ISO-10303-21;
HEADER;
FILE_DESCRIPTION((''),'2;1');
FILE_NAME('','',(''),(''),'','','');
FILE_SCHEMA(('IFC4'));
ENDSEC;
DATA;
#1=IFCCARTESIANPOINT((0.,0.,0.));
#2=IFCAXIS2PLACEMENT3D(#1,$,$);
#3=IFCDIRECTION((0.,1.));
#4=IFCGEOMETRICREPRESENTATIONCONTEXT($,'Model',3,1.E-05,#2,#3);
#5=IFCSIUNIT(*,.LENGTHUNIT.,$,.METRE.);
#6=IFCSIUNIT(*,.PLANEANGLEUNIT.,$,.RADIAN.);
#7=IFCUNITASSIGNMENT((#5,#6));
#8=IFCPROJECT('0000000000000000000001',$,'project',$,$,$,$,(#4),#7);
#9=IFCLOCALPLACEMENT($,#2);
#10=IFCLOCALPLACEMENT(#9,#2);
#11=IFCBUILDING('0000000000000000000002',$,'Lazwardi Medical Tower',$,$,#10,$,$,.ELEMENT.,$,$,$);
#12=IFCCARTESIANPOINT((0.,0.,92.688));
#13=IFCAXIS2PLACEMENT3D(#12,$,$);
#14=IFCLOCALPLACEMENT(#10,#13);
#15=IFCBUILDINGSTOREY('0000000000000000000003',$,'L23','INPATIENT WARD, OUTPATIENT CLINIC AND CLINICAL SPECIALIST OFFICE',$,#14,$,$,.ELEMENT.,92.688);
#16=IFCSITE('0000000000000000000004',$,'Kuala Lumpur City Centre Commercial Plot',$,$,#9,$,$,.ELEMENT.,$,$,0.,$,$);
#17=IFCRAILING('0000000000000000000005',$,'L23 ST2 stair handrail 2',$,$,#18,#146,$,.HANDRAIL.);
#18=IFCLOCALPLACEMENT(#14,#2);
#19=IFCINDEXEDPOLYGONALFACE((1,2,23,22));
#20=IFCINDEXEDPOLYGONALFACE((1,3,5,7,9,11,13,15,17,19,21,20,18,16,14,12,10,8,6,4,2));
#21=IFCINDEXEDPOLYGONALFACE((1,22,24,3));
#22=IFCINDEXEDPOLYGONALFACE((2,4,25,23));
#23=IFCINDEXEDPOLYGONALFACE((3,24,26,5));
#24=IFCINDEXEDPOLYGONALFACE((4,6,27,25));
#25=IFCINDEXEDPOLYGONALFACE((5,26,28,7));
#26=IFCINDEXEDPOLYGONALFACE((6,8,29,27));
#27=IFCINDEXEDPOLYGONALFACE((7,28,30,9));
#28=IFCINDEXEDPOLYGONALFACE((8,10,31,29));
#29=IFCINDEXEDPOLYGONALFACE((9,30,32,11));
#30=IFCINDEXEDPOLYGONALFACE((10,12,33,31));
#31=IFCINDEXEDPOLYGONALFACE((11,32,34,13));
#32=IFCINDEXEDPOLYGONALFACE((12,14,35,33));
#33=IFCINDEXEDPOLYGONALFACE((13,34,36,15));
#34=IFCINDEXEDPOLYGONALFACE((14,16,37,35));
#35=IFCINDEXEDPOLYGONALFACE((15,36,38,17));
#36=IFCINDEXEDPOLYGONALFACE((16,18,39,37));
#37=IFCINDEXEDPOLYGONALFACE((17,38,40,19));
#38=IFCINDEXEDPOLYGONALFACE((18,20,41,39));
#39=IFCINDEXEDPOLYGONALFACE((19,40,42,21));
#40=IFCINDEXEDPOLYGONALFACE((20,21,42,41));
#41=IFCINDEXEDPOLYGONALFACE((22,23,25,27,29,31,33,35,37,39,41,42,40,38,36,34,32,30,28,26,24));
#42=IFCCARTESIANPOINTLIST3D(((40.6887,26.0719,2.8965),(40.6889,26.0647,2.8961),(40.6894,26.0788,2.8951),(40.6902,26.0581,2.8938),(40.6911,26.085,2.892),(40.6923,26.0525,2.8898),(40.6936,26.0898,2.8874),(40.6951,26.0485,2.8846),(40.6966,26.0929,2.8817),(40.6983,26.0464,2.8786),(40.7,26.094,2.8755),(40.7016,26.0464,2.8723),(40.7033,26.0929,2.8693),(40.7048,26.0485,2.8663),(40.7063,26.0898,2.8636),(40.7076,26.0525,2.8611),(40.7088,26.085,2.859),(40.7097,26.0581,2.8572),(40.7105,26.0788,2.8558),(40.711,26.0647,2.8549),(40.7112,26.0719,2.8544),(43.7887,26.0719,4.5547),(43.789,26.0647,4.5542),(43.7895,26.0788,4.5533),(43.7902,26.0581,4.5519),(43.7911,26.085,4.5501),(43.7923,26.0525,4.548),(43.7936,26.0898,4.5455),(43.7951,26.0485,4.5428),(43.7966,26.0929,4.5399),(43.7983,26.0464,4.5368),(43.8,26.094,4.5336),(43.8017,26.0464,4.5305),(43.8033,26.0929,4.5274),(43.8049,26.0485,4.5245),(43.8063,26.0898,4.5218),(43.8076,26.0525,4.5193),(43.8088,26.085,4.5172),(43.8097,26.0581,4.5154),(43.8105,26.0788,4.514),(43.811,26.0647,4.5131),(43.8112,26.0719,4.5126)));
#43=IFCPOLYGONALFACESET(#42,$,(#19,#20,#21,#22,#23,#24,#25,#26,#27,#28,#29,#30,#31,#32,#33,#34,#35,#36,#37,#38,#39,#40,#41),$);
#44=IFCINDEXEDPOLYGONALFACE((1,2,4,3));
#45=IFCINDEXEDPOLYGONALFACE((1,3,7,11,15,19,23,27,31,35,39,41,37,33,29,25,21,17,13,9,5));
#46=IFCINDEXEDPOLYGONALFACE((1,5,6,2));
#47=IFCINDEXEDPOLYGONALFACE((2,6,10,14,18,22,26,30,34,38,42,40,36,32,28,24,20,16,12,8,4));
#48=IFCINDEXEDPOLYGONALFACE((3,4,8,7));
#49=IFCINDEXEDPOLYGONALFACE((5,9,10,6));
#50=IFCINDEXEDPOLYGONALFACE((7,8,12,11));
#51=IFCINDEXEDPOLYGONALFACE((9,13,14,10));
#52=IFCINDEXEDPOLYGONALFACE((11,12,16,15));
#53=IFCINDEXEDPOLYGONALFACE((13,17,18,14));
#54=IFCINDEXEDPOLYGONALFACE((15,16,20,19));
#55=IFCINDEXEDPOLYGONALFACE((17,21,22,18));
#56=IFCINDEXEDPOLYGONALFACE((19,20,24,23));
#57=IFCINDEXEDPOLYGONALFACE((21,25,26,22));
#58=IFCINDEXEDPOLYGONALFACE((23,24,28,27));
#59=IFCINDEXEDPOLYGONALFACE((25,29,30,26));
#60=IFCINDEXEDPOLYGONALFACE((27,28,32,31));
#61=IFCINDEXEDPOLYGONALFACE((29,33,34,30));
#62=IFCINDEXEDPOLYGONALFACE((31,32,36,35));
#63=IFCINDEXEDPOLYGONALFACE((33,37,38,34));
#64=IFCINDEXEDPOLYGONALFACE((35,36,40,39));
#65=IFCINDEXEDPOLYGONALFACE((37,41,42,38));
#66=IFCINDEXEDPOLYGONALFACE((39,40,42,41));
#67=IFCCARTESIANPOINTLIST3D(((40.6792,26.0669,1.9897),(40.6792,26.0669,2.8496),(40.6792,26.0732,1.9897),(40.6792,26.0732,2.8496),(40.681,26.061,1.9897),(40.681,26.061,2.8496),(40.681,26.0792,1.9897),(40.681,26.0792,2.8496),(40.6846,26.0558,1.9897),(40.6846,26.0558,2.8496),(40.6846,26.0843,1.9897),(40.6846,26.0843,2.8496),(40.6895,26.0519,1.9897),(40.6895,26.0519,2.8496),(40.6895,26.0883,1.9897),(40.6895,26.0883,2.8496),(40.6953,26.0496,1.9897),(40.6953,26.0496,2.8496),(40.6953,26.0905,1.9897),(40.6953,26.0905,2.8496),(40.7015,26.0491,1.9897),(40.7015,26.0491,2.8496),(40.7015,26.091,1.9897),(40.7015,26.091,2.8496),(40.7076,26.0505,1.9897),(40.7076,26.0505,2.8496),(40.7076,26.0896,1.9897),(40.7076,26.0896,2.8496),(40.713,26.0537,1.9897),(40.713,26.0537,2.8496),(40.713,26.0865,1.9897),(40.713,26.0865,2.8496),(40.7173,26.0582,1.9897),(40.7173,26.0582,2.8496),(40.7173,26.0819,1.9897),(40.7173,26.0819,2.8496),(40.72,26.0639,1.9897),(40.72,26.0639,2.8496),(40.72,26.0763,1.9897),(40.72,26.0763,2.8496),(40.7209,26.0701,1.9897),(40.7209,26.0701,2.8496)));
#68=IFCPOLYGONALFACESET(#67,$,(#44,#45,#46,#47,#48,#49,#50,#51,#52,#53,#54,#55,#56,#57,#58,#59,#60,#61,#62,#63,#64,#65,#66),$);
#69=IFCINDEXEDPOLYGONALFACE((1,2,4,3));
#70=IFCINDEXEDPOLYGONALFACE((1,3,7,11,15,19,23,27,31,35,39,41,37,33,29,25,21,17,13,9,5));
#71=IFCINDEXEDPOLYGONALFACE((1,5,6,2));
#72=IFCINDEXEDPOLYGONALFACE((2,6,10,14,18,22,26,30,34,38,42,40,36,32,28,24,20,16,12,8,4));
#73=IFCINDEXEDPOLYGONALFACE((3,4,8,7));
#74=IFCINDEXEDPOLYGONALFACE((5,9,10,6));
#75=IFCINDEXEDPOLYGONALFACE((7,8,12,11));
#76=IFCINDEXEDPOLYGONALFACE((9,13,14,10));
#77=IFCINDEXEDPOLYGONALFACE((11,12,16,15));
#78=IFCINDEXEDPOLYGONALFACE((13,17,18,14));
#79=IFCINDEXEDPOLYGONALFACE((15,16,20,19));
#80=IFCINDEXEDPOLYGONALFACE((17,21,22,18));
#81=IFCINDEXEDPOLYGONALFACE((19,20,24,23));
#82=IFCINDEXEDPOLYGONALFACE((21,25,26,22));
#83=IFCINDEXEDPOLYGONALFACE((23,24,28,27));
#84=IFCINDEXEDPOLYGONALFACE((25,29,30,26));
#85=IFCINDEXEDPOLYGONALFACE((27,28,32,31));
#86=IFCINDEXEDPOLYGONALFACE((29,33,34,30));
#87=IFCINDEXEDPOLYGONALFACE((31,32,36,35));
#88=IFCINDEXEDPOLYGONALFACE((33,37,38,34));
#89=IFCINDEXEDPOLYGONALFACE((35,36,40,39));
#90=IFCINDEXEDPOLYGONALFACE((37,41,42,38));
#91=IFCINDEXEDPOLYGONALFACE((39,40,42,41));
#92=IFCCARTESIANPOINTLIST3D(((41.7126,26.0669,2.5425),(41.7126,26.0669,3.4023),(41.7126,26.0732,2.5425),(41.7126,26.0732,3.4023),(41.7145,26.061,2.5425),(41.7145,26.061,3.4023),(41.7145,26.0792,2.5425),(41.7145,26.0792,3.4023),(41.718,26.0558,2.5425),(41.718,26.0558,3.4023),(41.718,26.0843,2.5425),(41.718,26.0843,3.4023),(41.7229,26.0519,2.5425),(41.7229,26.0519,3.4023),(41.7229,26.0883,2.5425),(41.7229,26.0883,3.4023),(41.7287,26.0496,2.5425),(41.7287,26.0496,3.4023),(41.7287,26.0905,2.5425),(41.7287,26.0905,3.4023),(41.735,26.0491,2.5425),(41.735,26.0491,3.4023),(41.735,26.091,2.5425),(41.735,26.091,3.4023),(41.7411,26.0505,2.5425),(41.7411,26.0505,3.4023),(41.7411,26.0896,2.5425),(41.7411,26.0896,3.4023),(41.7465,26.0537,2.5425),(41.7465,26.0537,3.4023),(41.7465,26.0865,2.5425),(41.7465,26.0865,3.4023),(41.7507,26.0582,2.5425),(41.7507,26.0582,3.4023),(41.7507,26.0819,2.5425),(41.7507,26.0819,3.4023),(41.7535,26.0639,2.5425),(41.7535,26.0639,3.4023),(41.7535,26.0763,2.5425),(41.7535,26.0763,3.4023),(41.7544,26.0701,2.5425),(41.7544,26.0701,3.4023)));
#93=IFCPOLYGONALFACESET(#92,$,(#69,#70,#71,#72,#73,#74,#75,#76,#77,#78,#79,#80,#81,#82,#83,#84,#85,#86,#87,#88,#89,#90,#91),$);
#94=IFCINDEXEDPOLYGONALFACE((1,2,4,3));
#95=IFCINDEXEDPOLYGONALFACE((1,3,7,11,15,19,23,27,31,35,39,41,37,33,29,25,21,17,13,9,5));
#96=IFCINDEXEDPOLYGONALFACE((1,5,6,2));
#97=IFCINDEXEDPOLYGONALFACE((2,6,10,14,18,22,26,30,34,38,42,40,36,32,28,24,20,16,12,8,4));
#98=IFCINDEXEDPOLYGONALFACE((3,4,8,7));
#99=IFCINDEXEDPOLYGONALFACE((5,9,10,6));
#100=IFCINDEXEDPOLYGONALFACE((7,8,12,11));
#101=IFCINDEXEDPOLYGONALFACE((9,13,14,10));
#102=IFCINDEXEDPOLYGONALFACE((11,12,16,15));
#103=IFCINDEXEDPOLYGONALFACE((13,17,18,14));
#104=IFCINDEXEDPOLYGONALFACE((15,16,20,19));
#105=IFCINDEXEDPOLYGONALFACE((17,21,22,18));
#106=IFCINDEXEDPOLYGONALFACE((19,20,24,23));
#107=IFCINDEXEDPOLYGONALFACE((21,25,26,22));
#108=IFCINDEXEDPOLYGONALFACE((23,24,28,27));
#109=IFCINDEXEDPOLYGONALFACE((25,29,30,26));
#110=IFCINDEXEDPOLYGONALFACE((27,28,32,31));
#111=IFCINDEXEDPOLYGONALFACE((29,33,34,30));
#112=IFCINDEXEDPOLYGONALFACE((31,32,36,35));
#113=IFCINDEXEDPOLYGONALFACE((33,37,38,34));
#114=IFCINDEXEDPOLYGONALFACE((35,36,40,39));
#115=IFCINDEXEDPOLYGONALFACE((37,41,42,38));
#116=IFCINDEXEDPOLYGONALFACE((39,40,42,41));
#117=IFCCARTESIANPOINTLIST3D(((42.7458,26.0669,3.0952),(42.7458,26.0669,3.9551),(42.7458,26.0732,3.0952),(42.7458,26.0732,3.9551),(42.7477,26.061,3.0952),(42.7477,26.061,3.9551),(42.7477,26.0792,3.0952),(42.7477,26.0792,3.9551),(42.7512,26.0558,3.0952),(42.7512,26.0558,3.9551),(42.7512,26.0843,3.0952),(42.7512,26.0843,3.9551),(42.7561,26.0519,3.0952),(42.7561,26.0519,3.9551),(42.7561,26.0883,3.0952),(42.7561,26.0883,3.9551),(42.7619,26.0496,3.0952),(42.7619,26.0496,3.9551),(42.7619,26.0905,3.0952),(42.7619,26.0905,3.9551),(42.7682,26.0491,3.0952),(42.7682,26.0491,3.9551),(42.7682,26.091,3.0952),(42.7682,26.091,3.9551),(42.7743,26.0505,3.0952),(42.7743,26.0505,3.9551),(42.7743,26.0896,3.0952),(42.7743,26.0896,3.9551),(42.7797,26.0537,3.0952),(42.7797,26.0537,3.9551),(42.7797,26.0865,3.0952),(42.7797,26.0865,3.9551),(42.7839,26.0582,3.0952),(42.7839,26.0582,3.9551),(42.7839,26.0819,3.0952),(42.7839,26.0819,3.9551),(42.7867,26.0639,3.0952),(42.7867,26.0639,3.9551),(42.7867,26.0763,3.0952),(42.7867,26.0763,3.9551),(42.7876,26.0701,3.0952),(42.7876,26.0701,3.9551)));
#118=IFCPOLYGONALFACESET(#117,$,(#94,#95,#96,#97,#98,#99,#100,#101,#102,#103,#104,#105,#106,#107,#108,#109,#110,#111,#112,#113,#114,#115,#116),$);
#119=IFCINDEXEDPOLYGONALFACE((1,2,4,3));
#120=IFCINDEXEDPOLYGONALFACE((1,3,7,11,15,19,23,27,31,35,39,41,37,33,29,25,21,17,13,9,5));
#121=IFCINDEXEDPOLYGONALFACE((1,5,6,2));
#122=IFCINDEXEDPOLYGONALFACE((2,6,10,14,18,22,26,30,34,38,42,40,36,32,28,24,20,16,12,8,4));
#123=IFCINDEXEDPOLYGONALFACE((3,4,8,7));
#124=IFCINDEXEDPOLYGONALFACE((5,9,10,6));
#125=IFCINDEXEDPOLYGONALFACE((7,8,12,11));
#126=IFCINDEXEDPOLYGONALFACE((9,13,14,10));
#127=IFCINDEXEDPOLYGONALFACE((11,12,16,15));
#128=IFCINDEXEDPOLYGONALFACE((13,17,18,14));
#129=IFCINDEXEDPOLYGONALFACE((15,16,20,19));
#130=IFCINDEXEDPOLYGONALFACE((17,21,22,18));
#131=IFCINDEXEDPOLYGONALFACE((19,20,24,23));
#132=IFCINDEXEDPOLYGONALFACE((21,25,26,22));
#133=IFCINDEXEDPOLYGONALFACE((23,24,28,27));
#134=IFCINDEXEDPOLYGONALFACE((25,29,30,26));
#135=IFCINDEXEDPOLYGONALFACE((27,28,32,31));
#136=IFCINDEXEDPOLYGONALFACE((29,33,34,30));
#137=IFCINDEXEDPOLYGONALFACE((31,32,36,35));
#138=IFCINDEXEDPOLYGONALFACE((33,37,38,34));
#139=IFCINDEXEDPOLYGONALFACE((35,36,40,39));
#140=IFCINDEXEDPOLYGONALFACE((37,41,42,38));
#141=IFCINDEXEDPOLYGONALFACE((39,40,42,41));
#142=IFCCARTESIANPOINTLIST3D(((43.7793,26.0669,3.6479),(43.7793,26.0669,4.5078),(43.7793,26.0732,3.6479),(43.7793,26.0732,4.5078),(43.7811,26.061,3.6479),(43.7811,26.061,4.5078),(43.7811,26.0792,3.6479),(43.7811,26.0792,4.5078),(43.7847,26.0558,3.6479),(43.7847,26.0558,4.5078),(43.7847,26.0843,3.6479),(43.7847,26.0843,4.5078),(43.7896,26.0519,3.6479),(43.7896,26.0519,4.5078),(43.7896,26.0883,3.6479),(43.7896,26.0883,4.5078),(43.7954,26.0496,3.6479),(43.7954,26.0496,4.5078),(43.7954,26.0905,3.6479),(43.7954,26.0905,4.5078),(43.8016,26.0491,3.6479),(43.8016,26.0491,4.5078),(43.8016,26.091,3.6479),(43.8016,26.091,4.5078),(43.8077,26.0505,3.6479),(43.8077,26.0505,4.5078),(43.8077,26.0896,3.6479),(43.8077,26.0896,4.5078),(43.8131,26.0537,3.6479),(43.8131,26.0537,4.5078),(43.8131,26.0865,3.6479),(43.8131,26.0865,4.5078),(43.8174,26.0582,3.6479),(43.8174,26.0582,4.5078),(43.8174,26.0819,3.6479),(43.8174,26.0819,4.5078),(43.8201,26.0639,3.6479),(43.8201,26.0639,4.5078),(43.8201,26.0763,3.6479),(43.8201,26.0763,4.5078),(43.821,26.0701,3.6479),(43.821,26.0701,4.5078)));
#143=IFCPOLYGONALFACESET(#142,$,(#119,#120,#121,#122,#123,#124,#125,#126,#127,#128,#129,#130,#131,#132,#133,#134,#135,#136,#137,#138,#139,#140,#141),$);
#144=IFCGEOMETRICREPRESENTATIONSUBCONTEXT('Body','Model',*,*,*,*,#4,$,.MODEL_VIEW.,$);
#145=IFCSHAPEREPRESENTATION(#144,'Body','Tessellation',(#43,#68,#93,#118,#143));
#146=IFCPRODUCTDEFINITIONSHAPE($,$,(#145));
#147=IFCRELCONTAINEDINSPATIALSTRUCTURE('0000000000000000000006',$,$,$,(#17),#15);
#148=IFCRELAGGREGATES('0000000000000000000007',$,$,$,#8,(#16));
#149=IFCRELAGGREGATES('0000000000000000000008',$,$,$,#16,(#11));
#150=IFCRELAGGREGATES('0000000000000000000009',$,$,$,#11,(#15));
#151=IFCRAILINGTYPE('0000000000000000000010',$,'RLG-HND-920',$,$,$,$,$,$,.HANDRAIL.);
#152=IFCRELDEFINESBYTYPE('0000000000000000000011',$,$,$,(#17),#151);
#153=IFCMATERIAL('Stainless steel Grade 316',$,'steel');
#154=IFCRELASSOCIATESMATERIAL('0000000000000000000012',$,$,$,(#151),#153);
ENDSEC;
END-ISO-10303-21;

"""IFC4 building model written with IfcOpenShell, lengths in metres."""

from ifc_helpers import new_model, si_unit, direction, frame, origin, origin_2d, place, context, subcontext, project, spatial, circle, extrude, material, type_object, element, save


model = new_model("IFC4")

# Units and contexts
model_context = context("Model", 3, precision=1e-05, world=origin(), true_north=direction((0.0, 1.0)))
body_context = subcontext(model_context, "Body", "Model", "MODEL_VIEW")
ifc_project = project(units=[si_unit("LENGTHUNIT", "METRE"), si_unit("PLANEANGLEUNIT", "RADIAN")], contexts=[model_context])

# Site, building, storey
site_placement = place(None, origin())
site = spatial("IfcSite", under=ifc_project, at=site_placement, Name="Kuala Lumpur City Centre Commercial Plot", CompositionType="ELEMENT", RefElevation=0.0)
building_placement = place(site_placement, origin())
building = spatial("IfcBuilding", under=site, at=building_placement, Name="Lazwardi Medical Tower", CompositionType="ELEMENT")
storey_placement = place(building_placement, frame((0.0, 0.0, 92.688)))
storey = spatial("IfcBuildingStorey", under=building, at=storey_placement, Name="L23", Description="INPATIENT WARD, OUTPATIENT CLINIC AND CLINICAL SPECIALIST OFFICE", CompositionType="ELEMENT", Elevation=92.688)

# Railing
ifc_material_1 = material(Name="Stainless steel Grade 316", Category="steel")
railing_type_1 = type_object("IfcRailingType", Name="RLG-HND-920", PredefinedType="HANDRAIL", material=ifc_material_1)
railing_1_placement = place(storey_placement, frame((40.7, 26.0701, 1.9897)))
element("IfcRailing", 1, at=railing_1_placement, inside=storey, type_object=railing_type_1, Name="L23 ST2 stair handrail 2", PredefinedType="HANDRAIL", context=body_context, shape_type="SweptSolid", body=[
    extrude(circle(Radius=0.0239, at=origin_2d()), frame((0.0, 0.0, 0.8857), z_axis=(0.881783, 0.0, 0.471655), x_axis=(0.0, 1.0, 0.0)), (0.0, 0.0, 1.0), 3.5156),
    extrude(circle(Radius=0.021, at=origin_2d()), origin(), (0.0, 0.0, 1.0), 0.8599),
    extrude(circle(Radius=0.021, at=origin_2d()), frame((1.0334, 0.0, 0.5527)), (0.0, 0.0, 1.0), 0.8599),
    extrude(circle(Radius=0.021, at=origin_2d()), frame((2.0667, 0.0, 1.1055)), (0.0, 0.0, 1.0), 0.8599),
    extrude(circle(Radius=0.021, at=origin_2d()), frame((3.1001, 0.0, 1.6582)), (0.0, 0.0, 1.0), 0.8599),
])

save(model, "model.ifc")
